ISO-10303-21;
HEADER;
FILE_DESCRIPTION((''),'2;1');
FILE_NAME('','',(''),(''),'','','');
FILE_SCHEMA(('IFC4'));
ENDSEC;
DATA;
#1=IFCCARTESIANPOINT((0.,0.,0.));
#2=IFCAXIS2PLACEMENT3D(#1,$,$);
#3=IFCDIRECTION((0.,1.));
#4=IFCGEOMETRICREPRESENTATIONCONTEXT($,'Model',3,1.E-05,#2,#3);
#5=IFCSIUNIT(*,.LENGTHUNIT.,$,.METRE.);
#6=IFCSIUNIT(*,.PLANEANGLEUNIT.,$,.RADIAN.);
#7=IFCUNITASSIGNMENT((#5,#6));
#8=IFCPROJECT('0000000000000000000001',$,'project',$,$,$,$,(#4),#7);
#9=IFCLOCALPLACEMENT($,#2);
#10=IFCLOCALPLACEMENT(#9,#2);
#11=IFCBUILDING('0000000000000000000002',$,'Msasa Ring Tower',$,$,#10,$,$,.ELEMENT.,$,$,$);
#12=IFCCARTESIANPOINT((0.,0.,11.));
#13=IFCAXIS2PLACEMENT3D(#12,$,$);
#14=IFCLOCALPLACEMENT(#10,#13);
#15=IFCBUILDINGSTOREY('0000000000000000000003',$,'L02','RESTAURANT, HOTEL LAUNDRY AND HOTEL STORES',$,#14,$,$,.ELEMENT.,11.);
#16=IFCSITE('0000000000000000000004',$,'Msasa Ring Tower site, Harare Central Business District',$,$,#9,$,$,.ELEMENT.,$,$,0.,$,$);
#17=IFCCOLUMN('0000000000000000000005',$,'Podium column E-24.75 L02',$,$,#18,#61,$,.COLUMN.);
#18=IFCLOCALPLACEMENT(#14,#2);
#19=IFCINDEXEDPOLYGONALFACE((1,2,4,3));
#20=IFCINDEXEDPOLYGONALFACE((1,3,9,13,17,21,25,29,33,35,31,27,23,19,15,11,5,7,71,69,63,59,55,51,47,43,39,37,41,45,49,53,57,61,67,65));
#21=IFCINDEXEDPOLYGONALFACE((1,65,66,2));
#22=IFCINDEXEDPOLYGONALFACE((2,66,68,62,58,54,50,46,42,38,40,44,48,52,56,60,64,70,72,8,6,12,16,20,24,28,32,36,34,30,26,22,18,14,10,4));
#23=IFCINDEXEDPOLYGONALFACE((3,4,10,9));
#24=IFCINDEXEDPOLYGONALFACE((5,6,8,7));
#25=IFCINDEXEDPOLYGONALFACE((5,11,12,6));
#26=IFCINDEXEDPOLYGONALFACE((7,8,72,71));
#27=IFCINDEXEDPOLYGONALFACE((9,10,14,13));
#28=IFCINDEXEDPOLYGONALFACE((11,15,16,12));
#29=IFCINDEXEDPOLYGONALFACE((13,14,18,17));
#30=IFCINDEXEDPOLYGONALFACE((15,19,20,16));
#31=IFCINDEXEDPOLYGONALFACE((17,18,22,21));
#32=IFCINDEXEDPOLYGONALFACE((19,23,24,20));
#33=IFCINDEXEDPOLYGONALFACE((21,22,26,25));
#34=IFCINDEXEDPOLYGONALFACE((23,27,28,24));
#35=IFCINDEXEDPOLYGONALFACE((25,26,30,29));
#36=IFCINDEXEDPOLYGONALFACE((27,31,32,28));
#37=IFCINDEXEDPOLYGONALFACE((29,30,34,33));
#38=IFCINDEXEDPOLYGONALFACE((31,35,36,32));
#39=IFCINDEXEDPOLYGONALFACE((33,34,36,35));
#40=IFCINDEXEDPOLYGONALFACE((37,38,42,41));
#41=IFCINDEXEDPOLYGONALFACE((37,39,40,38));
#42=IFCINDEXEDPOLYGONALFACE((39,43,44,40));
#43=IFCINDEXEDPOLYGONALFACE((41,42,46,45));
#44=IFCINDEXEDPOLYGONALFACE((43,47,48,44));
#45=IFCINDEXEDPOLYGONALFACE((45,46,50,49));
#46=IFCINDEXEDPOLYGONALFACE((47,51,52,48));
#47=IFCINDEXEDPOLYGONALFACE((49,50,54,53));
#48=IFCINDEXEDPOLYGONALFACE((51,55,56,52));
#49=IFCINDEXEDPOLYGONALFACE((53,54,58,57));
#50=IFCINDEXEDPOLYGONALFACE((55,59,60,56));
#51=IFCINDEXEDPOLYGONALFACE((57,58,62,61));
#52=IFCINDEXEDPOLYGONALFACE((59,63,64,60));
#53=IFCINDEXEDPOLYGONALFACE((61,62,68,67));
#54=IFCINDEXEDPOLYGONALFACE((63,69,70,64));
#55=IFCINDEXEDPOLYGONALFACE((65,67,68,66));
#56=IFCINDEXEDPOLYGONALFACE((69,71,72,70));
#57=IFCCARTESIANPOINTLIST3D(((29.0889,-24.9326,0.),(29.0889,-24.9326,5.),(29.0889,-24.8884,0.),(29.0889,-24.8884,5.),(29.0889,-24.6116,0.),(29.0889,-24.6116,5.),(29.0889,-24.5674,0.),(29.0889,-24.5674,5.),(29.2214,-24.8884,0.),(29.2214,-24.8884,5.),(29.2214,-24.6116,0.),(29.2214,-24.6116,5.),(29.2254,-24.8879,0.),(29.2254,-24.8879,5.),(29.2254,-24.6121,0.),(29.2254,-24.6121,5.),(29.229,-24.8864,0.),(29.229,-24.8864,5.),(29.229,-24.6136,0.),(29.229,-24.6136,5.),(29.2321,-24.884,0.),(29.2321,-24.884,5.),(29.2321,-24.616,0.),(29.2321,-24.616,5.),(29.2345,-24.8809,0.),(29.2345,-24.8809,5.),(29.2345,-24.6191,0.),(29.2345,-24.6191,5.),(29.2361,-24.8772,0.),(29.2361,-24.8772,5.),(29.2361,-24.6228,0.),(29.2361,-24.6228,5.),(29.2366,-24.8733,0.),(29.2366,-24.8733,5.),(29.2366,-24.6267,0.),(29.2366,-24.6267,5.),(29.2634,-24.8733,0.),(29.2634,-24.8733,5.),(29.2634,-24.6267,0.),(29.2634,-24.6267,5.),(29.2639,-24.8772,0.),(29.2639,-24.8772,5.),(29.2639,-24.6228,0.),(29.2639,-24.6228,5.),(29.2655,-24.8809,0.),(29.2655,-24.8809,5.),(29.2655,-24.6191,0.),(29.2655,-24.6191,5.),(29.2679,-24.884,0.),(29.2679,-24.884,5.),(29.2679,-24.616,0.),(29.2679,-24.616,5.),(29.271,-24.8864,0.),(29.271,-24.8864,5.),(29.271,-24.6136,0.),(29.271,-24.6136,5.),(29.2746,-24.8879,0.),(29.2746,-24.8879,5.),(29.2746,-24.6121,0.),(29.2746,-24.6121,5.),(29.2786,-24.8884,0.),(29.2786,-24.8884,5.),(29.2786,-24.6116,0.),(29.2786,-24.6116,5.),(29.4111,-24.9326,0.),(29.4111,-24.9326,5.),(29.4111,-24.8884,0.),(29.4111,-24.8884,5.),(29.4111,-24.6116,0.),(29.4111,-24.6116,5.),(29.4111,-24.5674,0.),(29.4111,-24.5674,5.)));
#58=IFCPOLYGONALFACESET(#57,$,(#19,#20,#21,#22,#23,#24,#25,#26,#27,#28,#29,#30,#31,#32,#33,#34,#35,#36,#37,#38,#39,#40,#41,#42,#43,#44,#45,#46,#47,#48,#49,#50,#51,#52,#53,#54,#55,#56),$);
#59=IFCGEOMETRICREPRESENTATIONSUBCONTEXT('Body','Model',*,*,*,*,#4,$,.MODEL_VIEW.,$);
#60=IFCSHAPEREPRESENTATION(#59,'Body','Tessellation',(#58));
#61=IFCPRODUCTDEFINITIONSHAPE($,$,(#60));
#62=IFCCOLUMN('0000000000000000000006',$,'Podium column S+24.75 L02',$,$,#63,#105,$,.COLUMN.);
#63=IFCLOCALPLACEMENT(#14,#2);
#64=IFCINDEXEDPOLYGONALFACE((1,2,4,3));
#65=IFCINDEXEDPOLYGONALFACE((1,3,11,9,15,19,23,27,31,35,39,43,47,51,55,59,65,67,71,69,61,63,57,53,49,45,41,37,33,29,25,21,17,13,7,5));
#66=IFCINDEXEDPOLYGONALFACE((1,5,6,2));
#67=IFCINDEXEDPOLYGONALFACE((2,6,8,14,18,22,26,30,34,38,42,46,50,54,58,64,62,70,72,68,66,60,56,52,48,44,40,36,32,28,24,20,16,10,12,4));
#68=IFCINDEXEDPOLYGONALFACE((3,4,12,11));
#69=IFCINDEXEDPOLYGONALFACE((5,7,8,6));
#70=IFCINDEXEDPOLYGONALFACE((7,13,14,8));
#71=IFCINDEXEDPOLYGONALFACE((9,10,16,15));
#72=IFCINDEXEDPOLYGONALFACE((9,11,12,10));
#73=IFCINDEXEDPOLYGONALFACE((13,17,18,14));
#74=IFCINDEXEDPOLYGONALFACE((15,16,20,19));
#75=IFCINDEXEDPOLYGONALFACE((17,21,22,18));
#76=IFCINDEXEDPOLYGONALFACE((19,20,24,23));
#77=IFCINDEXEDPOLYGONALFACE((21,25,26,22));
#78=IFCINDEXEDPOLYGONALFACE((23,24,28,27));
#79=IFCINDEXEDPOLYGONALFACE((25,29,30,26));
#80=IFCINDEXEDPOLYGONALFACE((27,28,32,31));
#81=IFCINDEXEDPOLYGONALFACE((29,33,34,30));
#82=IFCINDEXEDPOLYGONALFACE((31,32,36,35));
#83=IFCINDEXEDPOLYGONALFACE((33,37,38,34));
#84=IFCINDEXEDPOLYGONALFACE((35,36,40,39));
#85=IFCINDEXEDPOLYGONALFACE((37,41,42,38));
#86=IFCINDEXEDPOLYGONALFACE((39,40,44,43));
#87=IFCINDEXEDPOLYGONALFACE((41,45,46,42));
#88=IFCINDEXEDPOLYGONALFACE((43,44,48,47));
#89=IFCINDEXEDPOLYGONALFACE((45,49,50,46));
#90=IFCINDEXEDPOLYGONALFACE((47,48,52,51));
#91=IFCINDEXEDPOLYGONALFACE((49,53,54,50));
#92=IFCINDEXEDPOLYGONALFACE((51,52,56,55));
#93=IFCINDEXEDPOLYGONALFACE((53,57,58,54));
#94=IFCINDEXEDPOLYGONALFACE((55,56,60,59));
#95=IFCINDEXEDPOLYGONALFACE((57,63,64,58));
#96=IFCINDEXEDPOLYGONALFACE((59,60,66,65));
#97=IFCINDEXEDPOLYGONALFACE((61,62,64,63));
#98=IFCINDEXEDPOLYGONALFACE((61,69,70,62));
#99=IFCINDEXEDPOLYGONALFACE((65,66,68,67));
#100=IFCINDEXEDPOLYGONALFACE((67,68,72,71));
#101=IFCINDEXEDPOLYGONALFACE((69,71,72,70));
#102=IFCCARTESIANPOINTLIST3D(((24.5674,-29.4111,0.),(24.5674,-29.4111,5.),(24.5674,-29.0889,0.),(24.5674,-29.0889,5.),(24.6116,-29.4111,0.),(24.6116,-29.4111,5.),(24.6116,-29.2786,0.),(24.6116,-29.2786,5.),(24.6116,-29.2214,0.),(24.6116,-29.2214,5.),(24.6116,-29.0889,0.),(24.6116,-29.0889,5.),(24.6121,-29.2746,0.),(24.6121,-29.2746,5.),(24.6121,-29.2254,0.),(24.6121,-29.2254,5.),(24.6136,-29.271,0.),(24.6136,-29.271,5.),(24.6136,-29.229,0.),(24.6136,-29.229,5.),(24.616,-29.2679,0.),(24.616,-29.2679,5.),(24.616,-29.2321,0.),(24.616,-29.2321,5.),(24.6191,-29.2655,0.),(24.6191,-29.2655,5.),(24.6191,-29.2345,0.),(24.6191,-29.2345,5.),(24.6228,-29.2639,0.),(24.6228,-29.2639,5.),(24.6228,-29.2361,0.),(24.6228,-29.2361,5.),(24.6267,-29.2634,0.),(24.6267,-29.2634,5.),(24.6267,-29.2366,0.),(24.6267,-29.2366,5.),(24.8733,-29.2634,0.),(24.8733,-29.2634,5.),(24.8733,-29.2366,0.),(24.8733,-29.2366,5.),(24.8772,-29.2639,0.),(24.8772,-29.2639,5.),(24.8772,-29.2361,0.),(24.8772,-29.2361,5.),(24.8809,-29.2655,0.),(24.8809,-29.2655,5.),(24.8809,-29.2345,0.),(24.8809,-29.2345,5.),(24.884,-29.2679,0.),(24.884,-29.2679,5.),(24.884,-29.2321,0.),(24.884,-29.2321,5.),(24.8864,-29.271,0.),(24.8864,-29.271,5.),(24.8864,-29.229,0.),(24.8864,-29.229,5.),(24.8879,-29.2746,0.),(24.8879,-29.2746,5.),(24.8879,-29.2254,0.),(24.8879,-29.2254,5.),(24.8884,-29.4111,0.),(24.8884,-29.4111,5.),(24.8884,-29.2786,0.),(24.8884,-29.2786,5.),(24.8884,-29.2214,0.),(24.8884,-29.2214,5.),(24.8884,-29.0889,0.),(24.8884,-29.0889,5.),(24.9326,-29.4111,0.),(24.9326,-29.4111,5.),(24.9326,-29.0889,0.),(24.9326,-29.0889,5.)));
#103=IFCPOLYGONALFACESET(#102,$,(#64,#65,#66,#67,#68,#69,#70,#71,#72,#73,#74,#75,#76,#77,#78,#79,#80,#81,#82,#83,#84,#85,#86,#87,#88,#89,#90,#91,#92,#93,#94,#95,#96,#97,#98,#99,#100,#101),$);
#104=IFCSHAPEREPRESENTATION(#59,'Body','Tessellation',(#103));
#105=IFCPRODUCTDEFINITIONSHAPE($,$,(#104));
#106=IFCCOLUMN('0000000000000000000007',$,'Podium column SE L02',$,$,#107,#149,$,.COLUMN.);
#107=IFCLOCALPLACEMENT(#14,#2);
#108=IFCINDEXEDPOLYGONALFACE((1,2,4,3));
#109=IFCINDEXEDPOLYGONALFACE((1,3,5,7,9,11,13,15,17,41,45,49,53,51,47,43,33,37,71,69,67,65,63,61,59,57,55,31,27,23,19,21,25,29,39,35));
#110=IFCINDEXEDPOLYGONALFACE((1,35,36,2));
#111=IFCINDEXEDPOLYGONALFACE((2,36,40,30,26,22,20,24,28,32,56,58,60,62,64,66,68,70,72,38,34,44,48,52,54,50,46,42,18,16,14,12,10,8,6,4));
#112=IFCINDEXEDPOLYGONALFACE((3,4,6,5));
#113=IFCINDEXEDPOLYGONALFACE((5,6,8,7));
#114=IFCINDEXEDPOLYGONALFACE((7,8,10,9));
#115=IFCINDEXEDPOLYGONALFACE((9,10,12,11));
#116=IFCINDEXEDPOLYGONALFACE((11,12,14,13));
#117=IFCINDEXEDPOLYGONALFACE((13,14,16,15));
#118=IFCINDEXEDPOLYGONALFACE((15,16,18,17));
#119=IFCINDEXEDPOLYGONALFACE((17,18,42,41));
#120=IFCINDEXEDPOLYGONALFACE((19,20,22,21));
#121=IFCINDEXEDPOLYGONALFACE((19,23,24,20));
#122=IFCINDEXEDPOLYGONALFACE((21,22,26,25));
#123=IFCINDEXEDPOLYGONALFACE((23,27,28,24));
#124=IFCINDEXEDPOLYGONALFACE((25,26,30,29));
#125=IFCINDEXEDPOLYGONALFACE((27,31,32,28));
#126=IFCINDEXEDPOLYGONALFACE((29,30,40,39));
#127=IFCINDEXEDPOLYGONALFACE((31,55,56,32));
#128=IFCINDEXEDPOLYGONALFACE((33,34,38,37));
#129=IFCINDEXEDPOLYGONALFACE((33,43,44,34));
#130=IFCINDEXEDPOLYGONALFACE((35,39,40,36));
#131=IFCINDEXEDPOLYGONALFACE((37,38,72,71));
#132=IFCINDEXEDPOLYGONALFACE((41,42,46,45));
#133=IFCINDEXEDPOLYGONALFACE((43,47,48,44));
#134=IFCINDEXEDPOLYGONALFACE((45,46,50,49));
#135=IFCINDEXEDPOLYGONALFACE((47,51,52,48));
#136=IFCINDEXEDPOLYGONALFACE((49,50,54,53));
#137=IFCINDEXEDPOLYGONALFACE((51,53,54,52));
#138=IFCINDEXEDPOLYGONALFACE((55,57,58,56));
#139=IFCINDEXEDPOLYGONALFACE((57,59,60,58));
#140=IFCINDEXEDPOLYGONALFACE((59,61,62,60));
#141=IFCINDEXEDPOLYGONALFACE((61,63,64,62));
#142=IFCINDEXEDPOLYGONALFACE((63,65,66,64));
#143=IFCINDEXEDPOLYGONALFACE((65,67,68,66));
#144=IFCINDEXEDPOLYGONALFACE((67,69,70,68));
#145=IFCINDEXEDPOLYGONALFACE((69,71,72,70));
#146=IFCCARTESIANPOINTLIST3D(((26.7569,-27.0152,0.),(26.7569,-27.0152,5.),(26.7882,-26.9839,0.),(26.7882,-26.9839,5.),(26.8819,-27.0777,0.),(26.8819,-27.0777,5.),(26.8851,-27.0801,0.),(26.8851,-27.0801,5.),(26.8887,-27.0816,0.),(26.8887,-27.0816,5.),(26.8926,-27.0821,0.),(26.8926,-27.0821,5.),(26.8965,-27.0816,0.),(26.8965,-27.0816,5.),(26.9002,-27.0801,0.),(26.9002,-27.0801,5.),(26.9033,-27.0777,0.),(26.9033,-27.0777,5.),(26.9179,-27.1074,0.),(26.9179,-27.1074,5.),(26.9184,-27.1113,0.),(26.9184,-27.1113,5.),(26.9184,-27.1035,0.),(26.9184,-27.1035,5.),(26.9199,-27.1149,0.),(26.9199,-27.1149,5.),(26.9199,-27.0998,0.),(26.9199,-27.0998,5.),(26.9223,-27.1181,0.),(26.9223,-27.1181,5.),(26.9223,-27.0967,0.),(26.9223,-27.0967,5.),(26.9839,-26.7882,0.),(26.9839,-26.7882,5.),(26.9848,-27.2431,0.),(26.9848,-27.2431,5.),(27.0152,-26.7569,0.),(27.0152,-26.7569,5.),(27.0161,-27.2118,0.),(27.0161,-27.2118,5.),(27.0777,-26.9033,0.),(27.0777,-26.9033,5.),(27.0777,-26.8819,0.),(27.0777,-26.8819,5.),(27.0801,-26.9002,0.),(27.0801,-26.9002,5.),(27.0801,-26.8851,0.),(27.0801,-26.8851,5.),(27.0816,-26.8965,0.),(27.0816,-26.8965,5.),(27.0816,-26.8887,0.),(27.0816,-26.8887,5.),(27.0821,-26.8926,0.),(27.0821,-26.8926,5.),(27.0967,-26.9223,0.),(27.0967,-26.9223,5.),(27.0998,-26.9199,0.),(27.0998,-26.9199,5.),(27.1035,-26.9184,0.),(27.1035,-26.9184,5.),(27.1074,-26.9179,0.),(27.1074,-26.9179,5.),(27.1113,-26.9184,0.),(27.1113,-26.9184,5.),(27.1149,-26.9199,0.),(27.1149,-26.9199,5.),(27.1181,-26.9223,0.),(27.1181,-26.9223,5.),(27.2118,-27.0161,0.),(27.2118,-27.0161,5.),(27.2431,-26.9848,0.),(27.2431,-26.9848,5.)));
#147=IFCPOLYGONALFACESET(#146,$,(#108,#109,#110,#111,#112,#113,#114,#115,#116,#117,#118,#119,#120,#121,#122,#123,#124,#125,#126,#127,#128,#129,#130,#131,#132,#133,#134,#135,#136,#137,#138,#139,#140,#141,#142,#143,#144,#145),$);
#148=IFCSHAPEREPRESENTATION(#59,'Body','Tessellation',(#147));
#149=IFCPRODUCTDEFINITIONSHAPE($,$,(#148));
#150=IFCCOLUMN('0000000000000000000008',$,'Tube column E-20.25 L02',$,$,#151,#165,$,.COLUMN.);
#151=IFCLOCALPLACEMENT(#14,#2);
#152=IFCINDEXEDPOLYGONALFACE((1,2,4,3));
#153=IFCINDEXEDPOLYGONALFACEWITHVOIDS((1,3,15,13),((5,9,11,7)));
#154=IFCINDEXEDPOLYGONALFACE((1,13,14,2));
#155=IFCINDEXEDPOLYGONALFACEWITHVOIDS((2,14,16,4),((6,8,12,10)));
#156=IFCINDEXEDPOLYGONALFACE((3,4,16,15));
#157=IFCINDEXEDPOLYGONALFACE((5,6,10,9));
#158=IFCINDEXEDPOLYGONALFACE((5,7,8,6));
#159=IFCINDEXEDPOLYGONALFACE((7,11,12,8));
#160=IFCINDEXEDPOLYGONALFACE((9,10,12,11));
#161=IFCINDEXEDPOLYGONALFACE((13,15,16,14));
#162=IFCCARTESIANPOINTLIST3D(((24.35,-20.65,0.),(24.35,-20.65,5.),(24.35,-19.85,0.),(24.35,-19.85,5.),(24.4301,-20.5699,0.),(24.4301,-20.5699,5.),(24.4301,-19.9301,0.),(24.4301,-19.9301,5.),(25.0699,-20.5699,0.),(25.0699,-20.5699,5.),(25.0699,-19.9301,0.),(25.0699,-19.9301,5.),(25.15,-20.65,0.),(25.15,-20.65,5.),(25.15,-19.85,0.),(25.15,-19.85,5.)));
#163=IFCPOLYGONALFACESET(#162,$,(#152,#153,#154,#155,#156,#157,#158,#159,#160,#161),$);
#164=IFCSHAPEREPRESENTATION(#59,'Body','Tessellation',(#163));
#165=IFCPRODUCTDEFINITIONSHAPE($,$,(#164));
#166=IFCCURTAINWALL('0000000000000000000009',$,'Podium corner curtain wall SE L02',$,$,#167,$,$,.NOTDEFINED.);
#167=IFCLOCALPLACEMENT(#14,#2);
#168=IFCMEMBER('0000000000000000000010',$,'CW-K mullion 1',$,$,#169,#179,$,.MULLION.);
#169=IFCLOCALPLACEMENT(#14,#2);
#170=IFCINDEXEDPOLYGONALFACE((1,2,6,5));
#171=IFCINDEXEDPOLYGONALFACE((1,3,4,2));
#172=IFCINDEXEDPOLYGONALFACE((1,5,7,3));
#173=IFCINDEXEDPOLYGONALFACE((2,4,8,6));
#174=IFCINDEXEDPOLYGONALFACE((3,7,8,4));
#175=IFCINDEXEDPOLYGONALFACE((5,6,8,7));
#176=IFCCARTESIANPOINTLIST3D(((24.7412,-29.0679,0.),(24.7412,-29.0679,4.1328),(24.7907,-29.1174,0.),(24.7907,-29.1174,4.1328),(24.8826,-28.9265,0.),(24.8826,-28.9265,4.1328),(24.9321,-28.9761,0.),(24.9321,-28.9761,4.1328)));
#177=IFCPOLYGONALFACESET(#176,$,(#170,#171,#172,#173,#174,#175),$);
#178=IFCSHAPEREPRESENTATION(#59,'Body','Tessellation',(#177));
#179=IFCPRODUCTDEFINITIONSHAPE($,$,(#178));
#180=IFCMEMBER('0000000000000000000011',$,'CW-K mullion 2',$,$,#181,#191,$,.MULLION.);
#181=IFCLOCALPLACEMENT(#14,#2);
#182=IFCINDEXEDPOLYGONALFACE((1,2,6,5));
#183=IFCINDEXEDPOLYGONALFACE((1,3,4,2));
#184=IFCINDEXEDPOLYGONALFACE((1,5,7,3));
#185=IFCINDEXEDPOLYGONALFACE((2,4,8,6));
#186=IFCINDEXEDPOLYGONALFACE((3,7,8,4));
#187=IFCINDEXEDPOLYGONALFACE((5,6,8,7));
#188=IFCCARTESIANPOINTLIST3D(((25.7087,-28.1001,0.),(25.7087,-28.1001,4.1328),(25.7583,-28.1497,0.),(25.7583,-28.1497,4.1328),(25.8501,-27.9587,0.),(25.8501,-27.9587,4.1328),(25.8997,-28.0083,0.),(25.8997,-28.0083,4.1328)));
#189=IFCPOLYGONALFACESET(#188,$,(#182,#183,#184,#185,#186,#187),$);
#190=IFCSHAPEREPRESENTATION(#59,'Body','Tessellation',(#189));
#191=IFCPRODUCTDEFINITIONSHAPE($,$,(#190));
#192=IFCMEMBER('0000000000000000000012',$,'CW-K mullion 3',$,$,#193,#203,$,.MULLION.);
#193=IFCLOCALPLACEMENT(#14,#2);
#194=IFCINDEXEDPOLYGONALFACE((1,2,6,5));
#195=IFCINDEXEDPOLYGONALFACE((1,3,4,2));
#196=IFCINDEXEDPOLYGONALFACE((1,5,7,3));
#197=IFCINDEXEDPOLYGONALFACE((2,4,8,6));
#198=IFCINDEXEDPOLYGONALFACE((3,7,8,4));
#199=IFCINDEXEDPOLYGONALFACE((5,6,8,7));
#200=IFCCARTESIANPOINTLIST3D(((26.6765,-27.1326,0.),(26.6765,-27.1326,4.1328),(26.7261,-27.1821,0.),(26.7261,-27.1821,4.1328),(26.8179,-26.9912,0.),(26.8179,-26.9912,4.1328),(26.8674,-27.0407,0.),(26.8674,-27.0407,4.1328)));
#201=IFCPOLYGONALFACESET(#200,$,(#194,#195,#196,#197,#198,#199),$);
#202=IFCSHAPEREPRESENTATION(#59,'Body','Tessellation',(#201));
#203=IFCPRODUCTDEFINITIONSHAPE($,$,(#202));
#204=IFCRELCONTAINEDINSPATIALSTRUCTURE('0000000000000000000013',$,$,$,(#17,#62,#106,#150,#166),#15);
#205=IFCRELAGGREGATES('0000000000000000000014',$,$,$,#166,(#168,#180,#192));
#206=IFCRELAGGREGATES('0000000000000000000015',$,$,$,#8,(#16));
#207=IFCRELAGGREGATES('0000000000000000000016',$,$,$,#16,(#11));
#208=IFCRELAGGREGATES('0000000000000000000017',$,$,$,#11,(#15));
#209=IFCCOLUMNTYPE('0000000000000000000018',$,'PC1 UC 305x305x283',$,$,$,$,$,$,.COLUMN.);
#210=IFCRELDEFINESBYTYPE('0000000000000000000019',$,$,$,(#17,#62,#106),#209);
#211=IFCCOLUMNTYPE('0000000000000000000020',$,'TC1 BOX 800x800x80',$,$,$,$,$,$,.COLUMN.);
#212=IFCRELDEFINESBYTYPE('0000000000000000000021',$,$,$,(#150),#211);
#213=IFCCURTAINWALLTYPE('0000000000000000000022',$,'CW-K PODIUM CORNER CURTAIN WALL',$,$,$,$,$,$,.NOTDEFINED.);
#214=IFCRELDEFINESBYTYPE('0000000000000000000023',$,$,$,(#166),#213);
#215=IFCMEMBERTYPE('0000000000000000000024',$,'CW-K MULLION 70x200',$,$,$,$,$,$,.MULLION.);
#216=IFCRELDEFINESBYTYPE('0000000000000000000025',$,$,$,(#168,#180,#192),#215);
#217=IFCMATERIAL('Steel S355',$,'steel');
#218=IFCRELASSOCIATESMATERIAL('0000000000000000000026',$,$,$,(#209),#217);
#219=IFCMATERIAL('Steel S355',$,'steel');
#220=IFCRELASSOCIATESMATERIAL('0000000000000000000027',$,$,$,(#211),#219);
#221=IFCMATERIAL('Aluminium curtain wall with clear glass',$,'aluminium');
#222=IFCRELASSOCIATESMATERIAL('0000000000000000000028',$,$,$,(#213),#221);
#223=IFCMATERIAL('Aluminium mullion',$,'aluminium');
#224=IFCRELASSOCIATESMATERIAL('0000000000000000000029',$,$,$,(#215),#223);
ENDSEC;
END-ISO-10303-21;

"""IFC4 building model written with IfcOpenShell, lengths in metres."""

from ifc_helpers import new_model, si_unit, direction, frame, origin, origin_2d, place, context, subcontext, project, spatial, rectangle, hollow_rectangle, i_section, extrude, material, material_profile, profile_set, type_object, element, aggregate, save


model = new_model("IFC4")

# Units and contexts
model_context = context("Model", 3, precision=1e-05, world=origin(), true_north=direction((0.0, 1.0)))
body_context = subcontext(model_context, "Body", "Model", "MODEL_VIEW")
ifc_project = project(units=[si_unit("LENGTHUNIT", "METRE"), si_unit("PLANEANGLEUNIT", "RADIAN")], contexts=[model_context])

# Site, building, storey
site_placement = place(None, origin())
site = spatial("IfcSite", under=ifc_project, at=site_placement, Name="Msasa Ring Tower site, Harare Central Business District", CompositionType="ELEMENT", RefElevation=0.0)
building_placement = place(site_placement, origin())
building = spatial("IfcBuilding", under=site, at=building_placement, Name="Msasa Ring Tower", CompositionType="ELEMENT")
storey_placement = place(building_placement, frame((0.0, 0.0, 11.0)))
storey = spatial("IfcBuildingStorey", under=building, at=storey_placement, Name="L02", Description="RESTAURANT, HOTEL LAUNDRY AND HOTEL STORES", CompositionType="ELEMENT", Elevation=11.0)

# Columns
ifc_material_1 = material(Name="Steel S355", Category="steel")
ifc_material_profile_1 = material_profile(ifc_material_1, i_section(OverallWidth=0.3223, OverallDepth=0.3652, WebThickness=0.0269, FlangeThickness=0.0442, FilletRadius=0.0151, at=origin_2d()), Name="UC 305x305x283")
ifc_profile_set_1 = profile_set([ifc_material_profile_1], Name="Steel S355")
column_type_1 = type_object("IfcColumnType", Name="PC1 UC 305x305x283", PredefinedType="COLUMN", material=ifc_profile_set_1)
for number, where, z_axis, x_axis, name in (
    (1, (29.25, -24.75, 0.0), (0.0, 0.0, 1.0), (1.0, 0.0, 0.0), "Podium column E-24.75 L02"),
    (2, (24.75, -29.25, 0.0), (0.0, 0.0, 1.0), (0.0, 1.0, 0.0), "Podium column S+24.75 L02"),
    (3, (27.0, -27.0, 0.0), (0.0, 0.0, 1.0), (0.707107, -0.707107, 0.0), "Podium column SE L02"),
):
    element("IfcColumn", number, at=place(storey_placement, frame(where, z_axis=z_axis, x_axis=x_axis)), inside=storey, type_object=column_type_1, Name=name, PredefinedType="COLUMN", context=body_context, shape_type="SweptSolid", body=[
        extrude(i_section(OverallWidth=0.3223, OverallDepth=0.3652, WebThickness=0.0269, FlangeThickness=0.0442, FilletRadius=0.0151, at=origin_2d()), origin(), (0.0, 0.0, 1.0), 5.0),
    ])
ifc_material_2 = material(Name="Steel S355", Category="steel")
ifc_material_profile_2 = material_profile(ifc_material_2, hollow_rectangle(XDim=0.8, YDim=0.8, WallThickness=0.0801, at=origin_2d()), Name="BOX 800x800x80")
ifc_profile_set_2 = profile_set([ifc_material_profile_2], Name="Steel S355")
column_type_2 = type_object("IfcColumnType", Name="TC1 BOX 800x800x80", PredefinedType="COLUMN", material=ifc_profile_set_2)
column_placement = place(storey_placement, frame((24.75, -20.25, 0.0), z_axis=(0.0, 0.0, 1.0), x_axis=(1.0, 0.0, 0.0)))
element("IfcColumn", 4, at=column_placement, inside=storey, type_object=column_type_2, Name="Tube column E-20.25 L02", PredefinedType="COLUMN", context=body_context, shape_type="SweptSolid", body=[
    extrude(hollow_rectangle(XDim=0.8, YDim=0.8, WallThickness=0.0801, at=origin_2d()), origin(), (0.0, 0.0, 1.0), 5.0),
])

# Curtain wall, members
ifc_material_3 = material(Name="Aluminium curtain wall with clear glass", Category="aluminium")
curtain_wall_type = type_object("IfcCurtainWallType", Name="CW-K PODIUM CORNER CURTAIN WALL", PredefinedType="NOTDEFINED", material=ifc_material_3)
curtain_wall_1_placement = place(storey_placement, origin())
curtain_wall_1 = element("IfcCurtainWall", 5, at=curtain_wall_1_placement, inside=storey, type_object=curtain_wall_type, Name="Podium corner curtain wall SE L02", PredefinedType="NOTDEFINED")
ifc_material_4 = material(Name="Aluminium mullion", Category="aluminium")
ifc_material_profile_3 = material_profile(ifc_material_4, rectangle(XDim=0.0701, YDim=0.2, at=origin_2d()), Name="AL 70x200")
ifc_profile_set_3 = profile_set([ifc_material_profile_3], Name="Aluminium mullion")
member_type_1 = type_object("IfcMemberType", Name="CW-K MULLION 70x200", PredefinedType="MULLION", material=ifc_profile_set_3)
member_1_placement = place(storey_placement, frame((24.8367, -29.022, 0.0), z_axis=(0.0, 0.0, 1.0), x_axis=(-0.707107, 0.707107, 0.0)))
member_1 = element("IfcMember", 6, at=member_1_placement, type_object=member_type_1, Name="CW-K mullion 1", PredefinedType="MULLION", context=body_context, shape_type="SweptSolid", body=[
    extrude(rectangle(XDim=0.0701, YDim=0.2, at=origin_2d()), origin(), (0.0, 0.0, 1.0), 4.1328),
])
member_2_placement = place(storey_placement, frame((25.8042, -28.0542, 0.0), z_axis=(0.0, 0.0, 1.0), x_axis=(-0.707107, 0.707107, 0.0)))
member_2 = element("IfcMember", 7, at=member_2_placement, type_object=member_type_1, Name="CW-K mullion 2", PredefinedType="MULLION", context=body_context, shape_type="SweptSolid", body=[
    extrude(rectangle(XDim=0.0701, YDim=0.2, at=origin_2d()), origin(), (0.0, 0.0, 1.0), 4.1328),
])
member_3_placement = place(storey_placement, frame((26.772, -27.0867, 0.0), z_axis=(0.0, 0.0, 1.0), x_axis=(-0.707107, 0.707107, 0.0)))
member_3 = element("IfcMember", 8, at=member_3_placement, type_object=member_type_1, Name="CW-K mullion 3", PredefinedType="MULLION", context=body_context, shape_type="SweptSolid", body=[
    extrude(rectangle(XDim=0.0701, YDim=0.2, at=origin_2d()), origin(), (0.0, 0.0, 1.0), 4.1328),
])

aggregate(curtain_wall_1, [member_1, member_2, member_3])

save(model, "model.ifc")
